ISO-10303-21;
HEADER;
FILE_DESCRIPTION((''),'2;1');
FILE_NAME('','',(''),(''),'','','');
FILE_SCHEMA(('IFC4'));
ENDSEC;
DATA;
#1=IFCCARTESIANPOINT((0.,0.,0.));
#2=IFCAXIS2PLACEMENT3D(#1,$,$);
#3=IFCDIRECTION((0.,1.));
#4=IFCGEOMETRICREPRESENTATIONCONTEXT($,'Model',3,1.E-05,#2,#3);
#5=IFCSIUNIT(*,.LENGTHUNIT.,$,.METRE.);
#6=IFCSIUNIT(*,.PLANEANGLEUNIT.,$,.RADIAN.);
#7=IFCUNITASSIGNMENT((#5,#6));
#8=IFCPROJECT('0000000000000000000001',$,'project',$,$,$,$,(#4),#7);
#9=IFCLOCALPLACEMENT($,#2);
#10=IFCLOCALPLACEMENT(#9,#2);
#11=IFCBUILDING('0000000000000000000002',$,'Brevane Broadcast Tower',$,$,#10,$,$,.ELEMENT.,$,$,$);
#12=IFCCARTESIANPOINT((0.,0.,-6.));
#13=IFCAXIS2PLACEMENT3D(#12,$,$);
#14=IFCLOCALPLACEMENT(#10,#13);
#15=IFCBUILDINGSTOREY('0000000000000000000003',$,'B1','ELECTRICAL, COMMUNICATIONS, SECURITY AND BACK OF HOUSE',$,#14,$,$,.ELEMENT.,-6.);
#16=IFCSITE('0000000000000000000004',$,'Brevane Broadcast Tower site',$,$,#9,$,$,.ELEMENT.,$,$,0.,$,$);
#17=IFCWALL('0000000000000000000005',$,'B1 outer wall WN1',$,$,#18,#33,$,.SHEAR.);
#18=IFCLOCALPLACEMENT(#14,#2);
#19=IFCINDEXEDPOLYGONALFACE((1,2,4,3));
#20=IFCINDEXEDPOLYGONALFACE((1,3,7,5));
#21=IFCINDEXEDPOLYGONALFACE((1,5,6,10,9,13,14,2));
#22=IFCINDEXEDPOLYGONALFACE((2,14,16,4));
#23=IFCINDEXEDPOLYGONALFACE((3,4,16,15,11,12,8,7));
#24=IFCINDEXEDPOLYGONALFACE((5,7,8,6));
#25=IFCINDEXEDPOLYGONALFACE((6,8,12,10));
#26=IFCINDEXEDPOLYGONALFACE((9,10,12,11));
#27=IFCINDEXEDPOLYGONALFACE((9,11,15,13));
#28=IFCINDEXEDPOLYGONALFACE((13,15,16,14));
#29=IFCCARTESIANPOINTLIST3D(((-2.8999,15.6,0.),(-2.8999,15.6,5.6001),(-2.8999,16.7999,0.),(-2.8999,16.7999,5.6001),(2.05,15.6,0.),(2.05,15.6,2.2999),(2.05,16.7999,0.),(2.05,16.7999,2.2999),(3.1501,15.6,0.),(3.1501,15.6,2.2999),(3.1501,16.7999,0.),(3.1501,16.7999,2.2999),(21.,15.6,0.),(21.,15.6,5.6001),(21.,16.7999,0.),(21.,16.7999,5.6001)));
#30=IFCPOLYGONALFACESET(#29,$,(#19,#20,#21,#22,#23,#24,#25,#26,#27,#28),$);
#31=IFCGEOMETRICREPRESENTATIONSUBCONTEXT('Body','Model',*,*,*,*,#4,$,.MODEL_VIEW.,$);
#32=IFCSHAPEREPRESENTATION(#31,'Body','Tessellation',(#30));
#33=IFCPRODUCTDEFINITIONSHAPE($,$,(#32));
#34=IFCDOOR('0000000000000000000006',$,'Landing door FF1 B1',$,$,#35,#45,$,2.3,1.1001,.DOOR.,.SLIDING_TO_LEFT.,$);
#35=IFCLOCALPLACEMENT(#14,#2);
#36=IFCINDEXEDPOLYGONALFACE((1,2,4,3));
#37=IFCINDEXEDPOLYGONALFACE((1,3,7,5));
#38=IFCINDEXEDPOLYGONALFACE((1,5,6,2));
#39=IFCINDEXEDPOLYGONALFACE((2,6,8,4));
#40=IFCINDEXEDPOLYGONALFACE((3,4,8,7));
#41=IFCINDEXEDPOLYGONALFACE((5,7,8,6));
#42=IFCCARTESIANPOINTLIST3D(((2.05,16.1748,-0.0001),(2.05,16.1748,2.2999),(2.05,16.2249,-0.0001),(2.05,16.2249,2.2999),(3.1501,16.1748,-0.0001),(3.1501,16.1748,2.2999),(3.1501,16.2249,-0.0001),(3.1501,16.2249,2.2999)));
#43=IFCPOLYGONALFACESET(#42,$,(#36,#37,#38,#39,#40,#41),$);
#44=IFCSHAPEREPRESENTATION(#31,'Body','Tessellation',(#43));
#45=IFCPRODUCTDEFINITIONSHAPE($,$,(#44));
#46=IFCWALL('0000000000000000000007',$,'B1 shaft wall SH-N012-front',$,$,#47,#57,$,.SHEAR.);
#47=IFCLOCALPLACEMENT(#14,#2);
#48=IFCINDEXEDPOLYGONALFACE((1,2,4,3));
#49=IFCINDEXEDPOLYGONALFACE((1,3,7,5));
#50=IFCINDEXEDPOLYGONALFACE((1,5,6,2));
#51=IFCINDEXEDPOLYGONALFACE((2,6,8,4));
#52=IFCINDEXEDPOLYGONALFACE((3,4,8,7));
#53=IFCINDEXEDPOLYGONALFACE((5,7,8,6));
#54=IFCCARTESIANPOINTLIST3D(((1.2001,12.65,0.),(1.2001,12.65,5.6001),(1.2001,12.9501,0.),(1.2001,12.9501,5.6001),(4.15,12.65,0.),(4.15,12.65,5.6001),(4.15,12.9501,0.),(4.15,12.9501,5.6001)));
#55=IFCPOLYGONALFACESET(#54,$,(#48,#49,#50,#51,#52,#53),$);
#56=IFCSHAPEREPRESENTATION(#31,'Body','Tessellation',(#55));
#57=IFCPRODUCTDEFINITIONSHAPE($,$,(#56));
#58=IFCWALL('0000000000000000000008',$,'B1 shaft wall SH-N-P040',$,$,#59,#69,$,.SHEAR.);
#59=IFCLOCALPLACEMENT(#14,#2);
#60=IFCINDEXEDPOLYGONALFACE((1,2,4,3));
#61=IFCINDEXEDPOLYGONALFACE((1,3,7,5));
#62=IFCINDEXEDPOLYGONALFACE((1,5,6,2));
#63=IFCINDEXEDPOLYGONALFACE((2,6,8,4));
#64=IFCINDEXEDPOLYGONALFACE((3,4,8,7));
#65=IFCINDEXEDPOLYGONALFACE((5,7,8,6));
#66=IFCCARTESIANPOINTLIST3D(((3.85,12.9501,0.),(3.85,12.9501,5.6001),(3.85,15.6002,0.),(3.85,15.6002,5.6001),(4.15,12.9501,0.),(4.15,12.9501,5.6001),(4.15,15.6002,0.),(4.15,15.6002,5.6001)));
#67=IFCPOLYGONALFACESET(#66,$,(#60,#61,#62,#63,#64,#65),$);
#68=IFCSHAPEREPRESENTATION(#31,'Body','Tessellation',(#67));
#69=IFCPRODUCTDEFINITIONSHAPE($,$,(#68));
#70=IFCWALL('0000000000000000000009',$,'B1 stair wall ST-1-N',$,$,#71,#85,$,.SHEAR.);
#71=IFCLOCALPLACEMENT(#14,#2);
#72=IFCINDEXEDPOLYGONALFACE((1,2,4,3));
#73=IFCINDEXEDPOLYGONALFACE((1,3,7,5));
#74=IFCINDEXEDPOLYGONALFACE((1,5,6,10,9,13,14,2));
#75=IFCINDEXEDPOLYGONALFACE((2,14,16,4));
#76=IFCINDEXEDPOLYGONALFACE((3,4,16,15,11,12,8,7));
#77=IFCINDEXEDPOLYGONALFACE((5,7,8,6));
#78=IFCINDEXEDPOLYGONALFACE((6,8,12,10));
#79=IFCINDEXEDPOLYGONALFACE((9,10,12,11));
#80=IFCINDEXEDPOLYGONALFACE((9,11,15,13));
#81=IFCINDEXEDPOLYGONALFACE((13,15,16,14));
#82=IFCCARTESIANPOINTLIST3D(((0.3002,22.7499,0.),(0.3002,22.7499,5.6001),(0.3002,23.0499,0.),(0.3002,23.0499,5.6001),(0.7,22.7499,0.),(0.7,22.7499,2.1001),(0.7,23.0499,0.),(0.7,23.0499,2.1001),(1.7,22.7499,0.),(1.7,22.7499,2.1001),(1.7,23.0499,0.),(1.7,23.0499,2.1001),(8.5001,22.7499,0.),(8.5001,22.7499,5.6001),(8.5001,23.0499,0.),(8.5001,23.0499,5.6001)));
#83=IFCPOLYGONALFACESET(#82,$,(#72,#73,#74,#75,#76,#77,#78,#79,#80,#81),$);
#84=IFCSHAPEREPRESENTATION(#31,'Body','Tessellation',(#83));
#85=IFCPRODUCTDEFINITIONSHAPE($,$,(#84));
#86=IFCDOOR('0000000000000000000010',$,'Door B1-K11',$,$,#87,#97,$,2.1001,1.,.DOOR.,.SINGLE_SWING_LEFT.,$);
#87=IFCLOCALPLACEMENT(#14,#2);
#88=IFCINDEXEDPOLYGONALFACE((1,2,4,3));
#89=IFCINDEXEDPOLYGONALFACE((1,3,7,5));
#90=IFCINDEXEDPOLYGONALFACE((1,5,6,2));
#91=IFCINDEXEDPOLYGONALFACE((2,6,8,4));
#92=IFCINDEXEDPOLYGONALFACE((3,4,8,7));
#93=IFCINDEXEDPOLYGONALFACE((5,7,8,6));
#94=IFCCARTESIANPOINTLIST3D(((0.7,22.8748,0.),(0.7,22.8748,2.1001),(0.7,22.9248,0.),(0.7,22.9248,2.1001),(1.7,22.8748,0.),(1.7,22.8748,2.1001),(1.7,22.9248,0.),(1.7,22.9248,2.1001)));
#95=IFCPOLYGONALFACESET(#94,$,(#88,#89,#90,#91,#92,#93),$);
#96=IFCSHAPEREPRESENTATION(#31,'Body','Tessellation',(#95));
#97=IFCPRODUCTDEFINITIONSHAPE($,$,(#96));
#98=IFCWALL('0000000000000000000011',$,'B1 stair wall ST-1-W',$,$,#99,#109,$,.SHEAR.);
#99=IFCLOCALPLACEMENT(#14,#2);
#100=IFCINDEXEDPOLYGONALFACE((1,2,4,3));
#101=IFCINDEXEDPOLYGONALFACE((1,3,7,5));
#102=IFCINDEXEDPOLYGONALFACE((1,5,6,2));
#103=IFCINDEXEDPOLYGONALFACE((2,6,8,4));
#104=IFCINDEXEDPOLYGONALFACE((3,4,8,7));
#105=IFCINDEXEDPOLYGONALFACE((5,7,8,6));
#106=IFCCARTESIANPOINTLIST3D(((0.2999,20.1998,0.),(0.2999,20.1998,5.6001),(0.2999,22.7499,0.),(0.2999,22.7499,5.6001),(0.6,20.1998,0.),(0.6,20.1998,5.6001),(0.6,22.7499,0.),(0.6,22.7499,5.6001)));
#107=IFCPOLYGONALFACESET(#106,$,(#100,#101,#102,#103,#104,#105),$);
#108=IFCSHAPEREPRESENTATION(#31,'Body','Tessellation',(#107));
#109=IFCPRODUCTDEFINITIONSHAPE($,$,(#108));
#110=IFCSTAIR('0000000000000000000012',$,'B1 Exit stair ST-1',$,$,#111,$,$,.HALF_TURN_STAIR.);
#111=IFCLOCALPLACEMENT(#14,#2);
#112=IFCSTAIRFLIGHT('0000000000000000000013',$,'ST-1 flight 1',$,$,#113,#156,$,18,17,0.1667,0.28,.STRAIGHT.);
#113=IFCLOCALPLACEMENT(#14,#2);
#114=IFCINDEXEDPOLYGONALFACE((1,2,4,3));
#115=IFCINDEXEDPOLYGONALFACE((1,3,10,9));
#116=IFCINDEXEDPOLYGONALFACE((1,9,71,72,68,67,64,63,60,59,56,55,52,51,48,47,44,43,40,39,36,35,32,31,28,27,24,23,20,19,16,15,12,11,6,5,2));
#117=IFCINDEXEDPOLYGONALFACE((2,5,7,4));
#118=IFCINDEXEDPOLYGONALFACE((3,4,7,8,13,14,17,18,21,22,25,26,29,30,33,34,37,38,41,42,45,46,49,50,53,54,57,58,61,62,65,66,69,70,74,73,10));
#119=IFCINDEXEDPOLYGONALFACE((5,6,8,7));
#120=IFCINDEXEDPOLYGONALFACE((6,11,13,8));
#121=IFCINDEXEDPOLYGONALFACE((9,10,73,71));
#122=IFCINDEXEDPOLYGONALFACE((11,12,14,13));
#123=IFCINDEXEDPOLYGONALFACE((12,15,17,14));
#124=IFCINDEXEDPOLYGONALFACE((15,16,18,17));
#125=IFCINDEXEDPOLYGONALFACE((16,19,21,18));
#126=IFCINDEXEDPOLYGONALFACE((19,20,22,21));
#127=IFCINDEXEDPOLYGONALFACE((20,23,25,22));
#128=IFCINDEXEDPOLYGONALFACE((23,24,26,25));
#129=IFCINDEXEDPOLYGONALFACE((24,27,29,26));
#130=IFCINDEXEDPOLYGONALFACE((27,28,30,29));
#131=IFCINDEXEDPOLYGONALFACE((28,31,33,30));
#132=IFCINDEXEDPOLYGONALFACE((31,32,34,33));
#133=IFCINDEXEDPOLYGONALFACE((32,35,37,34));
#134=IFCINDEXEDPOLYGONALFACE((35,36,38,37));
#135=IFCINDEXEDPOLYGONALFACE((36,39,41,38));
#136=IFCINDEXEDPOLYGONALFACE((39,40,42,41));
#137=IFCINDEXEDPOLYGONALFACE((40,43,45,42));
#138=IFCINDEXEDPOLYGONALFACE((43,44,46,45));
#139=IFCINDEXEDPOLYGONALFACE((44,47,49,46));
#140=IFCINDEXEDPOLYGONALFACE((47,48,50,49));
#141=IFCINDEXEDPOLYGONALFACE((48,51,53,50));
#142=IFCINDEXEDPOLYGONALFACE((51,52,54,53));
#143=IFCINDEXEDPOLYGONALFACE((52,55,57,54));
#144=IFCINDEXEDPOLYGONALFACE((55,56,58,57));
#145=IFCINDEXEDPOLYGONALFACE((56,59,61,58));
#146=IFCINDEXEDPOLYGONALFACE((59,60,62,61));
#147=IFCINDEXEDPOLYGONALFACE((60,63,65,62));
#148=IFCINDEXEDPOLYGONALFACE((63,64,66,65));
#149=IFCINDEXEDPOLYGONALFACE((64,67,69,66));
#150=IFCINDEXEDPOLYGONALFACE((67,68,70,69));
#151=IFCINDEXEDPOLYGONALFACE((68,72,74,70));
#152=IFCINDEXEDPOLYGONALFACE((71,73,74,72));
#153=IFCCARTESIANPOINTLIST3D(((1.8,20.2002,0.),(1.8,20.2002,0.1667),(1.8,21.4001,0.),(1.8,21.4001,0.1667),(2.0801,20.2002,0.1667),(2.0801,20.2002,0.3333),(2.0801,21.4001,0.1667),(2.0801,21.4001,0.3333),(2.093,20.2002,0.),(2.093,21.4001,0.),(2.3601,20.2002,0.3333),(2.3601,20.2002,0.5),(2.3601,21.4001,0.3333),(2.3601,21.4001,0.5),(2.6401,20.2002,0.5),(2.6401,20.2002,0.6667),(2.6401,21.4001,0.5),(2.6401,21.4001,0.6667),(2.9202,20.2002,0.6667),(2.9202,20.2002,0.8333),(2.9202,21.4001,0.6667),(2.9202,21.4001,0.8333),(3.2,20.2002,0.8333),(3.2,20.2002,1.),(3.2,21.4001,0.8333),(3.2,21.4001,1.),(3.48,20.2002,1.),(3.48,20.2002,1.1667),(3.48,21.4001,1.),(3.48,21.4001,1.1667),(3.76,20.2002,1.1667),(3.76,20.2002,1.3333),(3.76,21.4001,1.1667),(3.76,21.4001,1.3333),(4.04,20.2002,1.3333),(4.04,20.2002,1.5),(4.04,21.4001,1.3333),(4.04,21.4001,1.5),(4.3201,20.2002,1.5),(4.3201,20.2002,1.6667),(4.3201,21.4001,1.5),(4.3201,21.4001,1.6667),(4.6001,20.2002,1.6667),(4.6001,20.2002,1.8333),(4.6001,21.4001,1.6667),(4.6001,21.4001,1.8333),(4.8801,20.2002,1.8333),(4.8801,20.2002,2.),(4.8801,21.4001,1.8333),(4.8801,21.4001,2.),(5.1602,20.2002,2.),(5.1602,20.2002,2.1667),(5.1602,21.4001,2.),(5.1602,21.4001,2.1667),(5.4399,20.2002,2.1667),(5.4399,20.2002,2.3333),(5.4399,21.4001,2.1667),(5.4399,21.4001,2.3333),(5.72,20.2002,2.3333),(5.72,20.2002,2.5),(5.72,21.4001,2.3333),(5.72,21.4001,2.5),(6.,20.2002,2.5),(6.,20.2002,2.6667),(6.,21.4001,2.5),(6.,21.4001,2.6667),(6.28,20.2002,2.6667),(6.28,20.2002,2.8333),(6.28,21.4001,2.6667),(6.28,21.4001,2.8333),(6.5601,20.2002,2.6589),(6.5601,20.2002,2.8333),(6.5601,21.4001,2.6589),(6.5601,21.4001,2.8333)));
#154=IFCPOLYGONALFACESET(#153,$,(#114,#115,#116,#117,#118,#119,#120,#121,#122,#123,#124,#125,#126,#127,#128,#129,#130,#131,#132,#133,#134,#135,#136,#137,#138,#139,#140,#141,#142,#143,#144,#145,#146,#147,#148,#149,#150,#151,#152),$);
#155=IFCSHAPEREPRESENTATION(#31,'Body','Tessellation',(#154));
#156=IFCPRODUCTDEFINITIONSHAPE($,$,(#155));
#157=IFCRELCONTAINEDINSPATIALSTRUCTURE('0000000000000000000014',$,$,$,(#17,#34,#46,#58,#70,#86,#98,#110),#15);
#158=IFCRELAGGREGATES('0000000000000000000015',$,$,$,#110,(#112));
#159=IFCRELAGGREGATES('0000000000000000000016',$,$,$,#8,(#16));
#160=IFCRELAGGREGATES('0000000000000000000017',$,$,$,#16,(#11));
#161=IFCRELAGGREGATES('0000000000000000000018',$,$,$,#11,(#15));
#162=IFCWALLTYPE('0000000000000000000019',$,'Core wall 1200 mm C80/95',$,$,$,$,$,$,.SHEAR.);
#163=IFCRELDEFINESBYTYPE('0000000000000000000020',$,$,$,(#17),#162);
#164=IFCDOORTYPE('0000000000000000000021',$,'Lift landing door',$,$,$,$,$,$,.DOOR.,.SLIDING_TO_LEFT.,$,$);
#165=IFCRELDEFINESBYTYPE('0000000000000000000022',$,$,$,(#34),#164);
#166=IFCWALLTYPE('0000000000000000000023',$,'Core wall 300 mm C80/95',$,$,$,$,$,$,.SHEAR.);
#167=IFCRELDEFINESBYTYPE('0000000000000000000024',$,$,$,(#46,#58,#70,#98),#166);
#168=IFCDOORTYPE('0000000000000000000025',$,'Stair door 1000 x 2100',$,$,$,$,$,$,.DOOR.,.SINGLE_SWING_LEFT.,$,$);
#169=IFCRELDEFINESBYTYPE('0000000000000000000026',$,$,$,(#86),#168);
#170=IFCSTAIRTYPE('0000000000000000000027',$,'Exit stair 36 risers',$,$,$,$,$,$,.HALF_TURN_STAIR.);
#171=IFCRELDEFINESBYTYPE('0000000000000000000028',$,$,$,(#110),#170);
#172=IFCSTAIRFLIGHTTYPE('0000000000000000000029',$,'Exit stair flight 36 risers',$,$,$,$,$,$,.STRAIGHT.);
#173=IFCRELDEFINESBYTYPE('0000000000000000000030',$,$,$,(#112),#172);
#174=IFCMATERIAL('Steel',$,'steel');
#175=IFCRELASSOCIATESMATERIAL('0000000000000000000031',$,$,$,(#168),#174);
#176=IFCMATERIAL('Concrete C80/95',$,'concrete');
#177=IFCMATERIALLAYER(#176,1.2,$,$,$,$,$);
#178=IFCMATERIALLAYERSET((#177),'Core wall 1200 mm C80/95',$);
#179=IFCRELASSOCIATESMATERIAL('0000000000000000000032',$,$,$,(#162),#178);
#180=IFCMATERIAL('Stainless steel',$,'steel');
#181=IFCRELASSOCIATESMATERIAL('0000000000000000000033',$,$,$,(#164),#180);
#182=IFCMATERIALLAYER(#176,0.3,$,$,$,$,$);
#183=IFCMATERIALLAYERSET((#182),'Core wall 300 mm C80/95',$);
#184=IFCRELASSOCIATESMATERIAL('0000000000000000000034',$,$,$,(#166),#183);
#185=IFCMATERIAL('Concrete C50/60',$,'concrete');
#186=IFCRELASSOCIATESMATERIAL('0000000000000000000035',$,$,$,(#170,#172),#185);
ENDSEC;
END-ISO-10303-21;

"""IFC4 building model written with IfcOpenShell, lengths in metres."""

from ifc_helpers import new_model, si_unit, direction, frame, frame_2d, origin, place, context, subcontext, project, spatial, polyline, rectangle, outline, extrude, material, layer, layer_set, type_object, element, fill, aggregate, save


model = new_model("IFC4")

# Units and contexts
model_context = context("Model", 3, precision=1e-05, world=origin(), true_north=direction((0.0, 1.0)))
body_context = subcontext(model_context, "Body", "Model", "MODEL_VIEW")
ifc_project = project(units=[si_unit("LENGTHUNIT", "METRE"), si_unit("PLANEANGLEUNIT", "RADIAN")], contexts=[model_context])

# Site, building, storey
site_placement = place(None, origin())
site = spatial("IfcSite", under=ifc_project, at=site_placement, Name="Brevane Broadcast Tower site", CompositionType="ELEMENT", RefElevation=0.0)
building_placement = place(site_placement, origin())
building = spatial("IfcBuilding", under=site, at=building_placement, Name="Brevane Broadcast Tower", CompositionType="ELEMENT")
storey_placement = place(building_placement, frame((0.0, 0.0, -6.0)))
storey = spatial("IfcBuildingStorey", under=building, at=storey_placement, Name="B1", Description="ELECTRICAL, COMMUNICATIONS, SECURITY AND BACK OF HOUSE", CompositionType="ELEMENT", Elevation=-6.0)

# Shared definitions
ifc_material_1 = material(Name="Concrete C80/95", Category="concrete")

# Wall, opening, door
ifc_material_2 = material(Name="Steel", Category="steel")
door_type_1 = type_object("IfcDoorType", Name="Stair door 1000 x 2100", OperationType="SINGLE_SWING_LEFT", PredefinedType="DOOR", material=ifc_material_2)
ifc_layer_1 = layer(ifc_material_1, 1.2)
ifc_layer_set_1 = layer_set([ifc_layer_1], Name="Core wall 1200 mm C80/95")
wall_type_1 = type_object("IfcWallType", Name="Core wall 1200 mm C80/95", PredefinedType="SHEAR", material=ifc_layer_set_1)
wall_1_placement = place(storey_placement, frame((-2.8999, 16.2, 0.0), z_axis=(0.0, 0.0, 1.0), x_axis=(1.0, 0.0, 0.0)))
wall_1 = element("IfcWall", 1, at=wall_1_placement, inside=storey, type_object=wall_type_1, Name="B1 outer wall WN1", PredefinedType="SHEAR", context=body_context, shape_type="SweptSolid", body=[
    extrude(rectangle(XDim=23.8999, YDim=1.2, at=frame_2d((11.95, 0.0))), origin(), (0.0, 0.0, 1.0), 5.6001),
])
opening_1_placement = place(wall_1_placement, frame((4.95, 0.0, 0.0)))
opening_1 = element("IfcOpeningElement", 2, at=opening_1_placement, cuts=wall_1, PredefinedType="OPENING", context=body_context, shape_type="SweptSolid", body=[
    extrude(rectangle(XDim=1.1001, YDim=2.3, at=frame_2d((0.55, 1.1499))), frame((0.0, 0.6099, 0.0), z_axis=(0.0, -1.0, 0.0), x_axis=(1.0, 0.0, 0.0)), (0.0, 0.0, 1.0), 1.22),
])
ifc_material_3 = material(Name="Stainless steel", Category="steel")
door_type_2 = type_object("IfcDoorType", Name="Lift landing door", OperationType="SLIDING_TO_LEFT", PredefinedType="DOOR", material=ifc_material_3)
door_1_placement = place(opening_1_placement, origin())
door_1 = element("IfcDoor", 3, at=door_1_placement, inside=storey, type_object=door_type_2, Name="Landing door FF1 B1", OperationType="SLIDING_TO_LEFT", OverallHeight=2.3, OverallWidth=1.1001, PredefinedType="DOOR", context=body_context, shape_type="SweptSolid", body=[
    extrude(rectangle(XDim=1.1001, YDim=2.3, at=frame_2d((0.55, 1.1499))), frame((0.0, 0.0249, 0.0), z_axis=(0.0, -1.0, 0.0), x_axis=(1.0, 0.0, 0.0)), (0.0, 0.0, 1.0), 0.05),
])
fill(opening_1, door_1)

# Walls
ifc_layer_2 = layer(ifc_material_1, 0.3)
ifc_layer_set_2 = layer_set([ifc_layer_2], Name="Core wall 300 mm C80/95")
wall_type_2 = type_object("IfcWallType", Name="Core wall 300 mm C80/95", PredefinedType="SHEAR", material=ifc_layer_set_2)
wall_2_placement = place(storey_placement, frame((1.2, 12.8, 0.0), z_axis=(0.0, 0.0, 1.0), x_axis=(1.0, 0.0, 0.0)))
element("IfcWall", 4, at=wall_2_placement, inside=storey, type_object=wall_type_2, Name="B1 shaft wall SH-N012-front", PredefinedType="SHEAR", context=body_context, shape_type="SweptSolid", body=[
    extrude(rectangle(XDim=2.95, YDim=0.3, at=frame_2d((1.4751, 0.0))), origin(), (0.0, 0.0, 1.0), 5.6001),
])
wall_3_placement = place(storey_placement, frame((4.0, 12.95, 0.0), z_axis=(0.0, 0.0, 1.0), x_axis=(0.0, 1.0, 0.0)))
element("IfcWall", 5, at=wall_3_placement, inside=storey, type_object=wall_type_2, Name="B1 shaft wall SH-N-P040", PredefinedType="SHEAR", context=body_context, shape_type="SweptSolid", body=[
    extrude(rectangle(XDim=2.6501, YDim=0.3, at=frame_2d((1.3252, 0.0))), origin(), (0.0, 0.0, 1.0), 5.6001),
])

# Wall, opening, door
wall_4_placement = place(storey_placement, frame((0.3, 22.8999, 0.0), z_axis=(0.0, 0.0, 1.0), x_axis=(1.0, 0.0, 0.0)))
wall_4 = element("IfcWall", 6, at=wall_4_placement, inside=storey, type_object=wall_type_2, Name="B1 stair wall ST-1-N", PredefinedType="SHEAR", context=body_context, shape_type="SweptSolid", body=[
    extrude(rectangle(XDim=8.2, YDim=0.3, at=frame_2d((4.1001, 0.0))), origin(), (0.0, 0.0, 1.0), 5.6001),
])
opening_2_placement = place(wall_4_placement, frame((0.3999, 0.0, 0.0)))
opening_2 = element("IfcOpeningElement", 7, at=opening_2_placement, cuts=wall_4, PredefinedType="OPENING", context=body_context, shape_type="SweptSolid", body=[
    extrude(rectangle(XDim=1.0, YDim=2.1001, at=frame_2d((0.5, 1.05))), frame((0.0, 0.1599, 0.0), z_axis=(0.0, -1.0, 0.0), x_axis=(1.0, 0.0, 0.0)), (0.0, 0.0, 1.0), 0.3201),
])
door_2_placement = place(opening_2_placement, origin())
door_2 = element("IfcDoor", 8, at=door_2_placement, inside=storey, type_object=door_type_1, Name="Door B1-K11", OperationType="SINGLE_SWING_LEFT", OverallHeight=2.1001, OverallWidth=1.0, PredefinedType="DOOR", context=body_context, shape_type="SweptSolid", body=[
    extrude(rectangle(XDim=1.0, YDim=2.1001, at=frame_2d((0.5, 1.05))), frame((0.0, 0.0249, 0.0), z_axis=(0.0, -1.0, 0.0), x_axis=(1.0, 0.0, 0.0)), (0.0, 0.0, 1.0), 0.05),
])
fill(opening_2, door_2)

# Wall
wall_5_placement = place(storey_placement, frame((0.45, 20.2, 0.0), z_axis=(0.0, 0.0, 1.0), x_axis=(0.0, 1.0, 0.0)))
element("IfcWall", 9, at=wall_5_placement, inside=storey, type_object=wall_type_2, Name="B1 stair wall ST-1-W", PredefinedType="SHEAR", context=body_context, shape_type="SweptSolid", body=[
    extrude(rectangle(XDim=2.55, YDim=0.3, at=frame_2d((1.2749, 0.0))), origin(), (0.0, 0.0, 1.0), 5.6001),
])

# Stair, stair flight
ifc_material_4 = material(Name="Concrete C50/60", Category="concrete")
stair_type = type_object("IfcStairType", Name="Exit stair 36 risers", PredefinedType="HALF_TURN_STAIR", material=ifc_material_4)
stair_placement = place(storey_placement, origin())
stair = element("IfcStair", 10, at=stair_placement, inside=storey, type_object=stair_type, Name="B1 Exit stair ST-1", PredefinedType="HALF_TURN_STAIR")
stair_flight_type = type_object("IfcStairFlightType", Name="Exit stair flight 36 risers", PredefinedType="STRAIGHT", material=ifc_material_4)
stair_flight_placement = place(storey_placement, frame((1.8, 20.8, 0.0), z_axis=(0.0, 0.0, 1.0), x_axis=(1.0, 0.0, 0.0)))
stair_flight = element("IfcStairFlight", 11, at=stair_flight_placement, type_object=stair_flight_type, Name="ST-1 flight 1", NumberOfRisers=18, NumberOfTreads=17, PredefinedType="STRAIGHT", RiserHeight=0.1667, TreadLength=0.28, context=body_context, shape_type="SweptSolid", body=[
    extrude(outline(polyline([(0.0, 0.0), (0.0, 0.1667), (0.28, 0.1667), (0.28, 0.3333), (0.5601, 0.3333), (0.5601, 0.5), (0.8401, 0.5), (0.8401, 0.6667), (1.1201, 0.6667), (1.1201, 0.8333), (1.3999, 0.8333), (1.3999, 1.0), (1.6799, 1.0), (1.6799, 1.1667), (1.96, 1.1667), (1.96, 1.3333), (2.24, 1.3333), (2.24, 1.5), (2.52, 1.5), (2.52, 1.6667), (2.8, 1.6667), (2.8, 1.8333), (3.0801, 1.8333), (3.0801, 2.0), (3.3601, 2.0), (3.3601, 2.1667), (3.6399, 2.1667), (3.6399, 2.3333), (3.9199, 2.3333), (3.9199, 2.5), (4.2, 2.5), (4.2, 2.6667), (4.48, 2.6667), (4.48, 2.8333), (4.76, 2.8333), (4.76, 3.0), (4.76, 2.6589), (0.293, 0.0), (0.0, 0.0)])), frame((0.0, 0.6001, 0.0), z_axis=(0.0, -1.0, 0.0), x_axis=(1.0, 0.0, 0.0)), (0.0, 0.0, 1.0), 1.2),
])
aggregate(stair, [stair_flight])

save(model, "model.ifc")
